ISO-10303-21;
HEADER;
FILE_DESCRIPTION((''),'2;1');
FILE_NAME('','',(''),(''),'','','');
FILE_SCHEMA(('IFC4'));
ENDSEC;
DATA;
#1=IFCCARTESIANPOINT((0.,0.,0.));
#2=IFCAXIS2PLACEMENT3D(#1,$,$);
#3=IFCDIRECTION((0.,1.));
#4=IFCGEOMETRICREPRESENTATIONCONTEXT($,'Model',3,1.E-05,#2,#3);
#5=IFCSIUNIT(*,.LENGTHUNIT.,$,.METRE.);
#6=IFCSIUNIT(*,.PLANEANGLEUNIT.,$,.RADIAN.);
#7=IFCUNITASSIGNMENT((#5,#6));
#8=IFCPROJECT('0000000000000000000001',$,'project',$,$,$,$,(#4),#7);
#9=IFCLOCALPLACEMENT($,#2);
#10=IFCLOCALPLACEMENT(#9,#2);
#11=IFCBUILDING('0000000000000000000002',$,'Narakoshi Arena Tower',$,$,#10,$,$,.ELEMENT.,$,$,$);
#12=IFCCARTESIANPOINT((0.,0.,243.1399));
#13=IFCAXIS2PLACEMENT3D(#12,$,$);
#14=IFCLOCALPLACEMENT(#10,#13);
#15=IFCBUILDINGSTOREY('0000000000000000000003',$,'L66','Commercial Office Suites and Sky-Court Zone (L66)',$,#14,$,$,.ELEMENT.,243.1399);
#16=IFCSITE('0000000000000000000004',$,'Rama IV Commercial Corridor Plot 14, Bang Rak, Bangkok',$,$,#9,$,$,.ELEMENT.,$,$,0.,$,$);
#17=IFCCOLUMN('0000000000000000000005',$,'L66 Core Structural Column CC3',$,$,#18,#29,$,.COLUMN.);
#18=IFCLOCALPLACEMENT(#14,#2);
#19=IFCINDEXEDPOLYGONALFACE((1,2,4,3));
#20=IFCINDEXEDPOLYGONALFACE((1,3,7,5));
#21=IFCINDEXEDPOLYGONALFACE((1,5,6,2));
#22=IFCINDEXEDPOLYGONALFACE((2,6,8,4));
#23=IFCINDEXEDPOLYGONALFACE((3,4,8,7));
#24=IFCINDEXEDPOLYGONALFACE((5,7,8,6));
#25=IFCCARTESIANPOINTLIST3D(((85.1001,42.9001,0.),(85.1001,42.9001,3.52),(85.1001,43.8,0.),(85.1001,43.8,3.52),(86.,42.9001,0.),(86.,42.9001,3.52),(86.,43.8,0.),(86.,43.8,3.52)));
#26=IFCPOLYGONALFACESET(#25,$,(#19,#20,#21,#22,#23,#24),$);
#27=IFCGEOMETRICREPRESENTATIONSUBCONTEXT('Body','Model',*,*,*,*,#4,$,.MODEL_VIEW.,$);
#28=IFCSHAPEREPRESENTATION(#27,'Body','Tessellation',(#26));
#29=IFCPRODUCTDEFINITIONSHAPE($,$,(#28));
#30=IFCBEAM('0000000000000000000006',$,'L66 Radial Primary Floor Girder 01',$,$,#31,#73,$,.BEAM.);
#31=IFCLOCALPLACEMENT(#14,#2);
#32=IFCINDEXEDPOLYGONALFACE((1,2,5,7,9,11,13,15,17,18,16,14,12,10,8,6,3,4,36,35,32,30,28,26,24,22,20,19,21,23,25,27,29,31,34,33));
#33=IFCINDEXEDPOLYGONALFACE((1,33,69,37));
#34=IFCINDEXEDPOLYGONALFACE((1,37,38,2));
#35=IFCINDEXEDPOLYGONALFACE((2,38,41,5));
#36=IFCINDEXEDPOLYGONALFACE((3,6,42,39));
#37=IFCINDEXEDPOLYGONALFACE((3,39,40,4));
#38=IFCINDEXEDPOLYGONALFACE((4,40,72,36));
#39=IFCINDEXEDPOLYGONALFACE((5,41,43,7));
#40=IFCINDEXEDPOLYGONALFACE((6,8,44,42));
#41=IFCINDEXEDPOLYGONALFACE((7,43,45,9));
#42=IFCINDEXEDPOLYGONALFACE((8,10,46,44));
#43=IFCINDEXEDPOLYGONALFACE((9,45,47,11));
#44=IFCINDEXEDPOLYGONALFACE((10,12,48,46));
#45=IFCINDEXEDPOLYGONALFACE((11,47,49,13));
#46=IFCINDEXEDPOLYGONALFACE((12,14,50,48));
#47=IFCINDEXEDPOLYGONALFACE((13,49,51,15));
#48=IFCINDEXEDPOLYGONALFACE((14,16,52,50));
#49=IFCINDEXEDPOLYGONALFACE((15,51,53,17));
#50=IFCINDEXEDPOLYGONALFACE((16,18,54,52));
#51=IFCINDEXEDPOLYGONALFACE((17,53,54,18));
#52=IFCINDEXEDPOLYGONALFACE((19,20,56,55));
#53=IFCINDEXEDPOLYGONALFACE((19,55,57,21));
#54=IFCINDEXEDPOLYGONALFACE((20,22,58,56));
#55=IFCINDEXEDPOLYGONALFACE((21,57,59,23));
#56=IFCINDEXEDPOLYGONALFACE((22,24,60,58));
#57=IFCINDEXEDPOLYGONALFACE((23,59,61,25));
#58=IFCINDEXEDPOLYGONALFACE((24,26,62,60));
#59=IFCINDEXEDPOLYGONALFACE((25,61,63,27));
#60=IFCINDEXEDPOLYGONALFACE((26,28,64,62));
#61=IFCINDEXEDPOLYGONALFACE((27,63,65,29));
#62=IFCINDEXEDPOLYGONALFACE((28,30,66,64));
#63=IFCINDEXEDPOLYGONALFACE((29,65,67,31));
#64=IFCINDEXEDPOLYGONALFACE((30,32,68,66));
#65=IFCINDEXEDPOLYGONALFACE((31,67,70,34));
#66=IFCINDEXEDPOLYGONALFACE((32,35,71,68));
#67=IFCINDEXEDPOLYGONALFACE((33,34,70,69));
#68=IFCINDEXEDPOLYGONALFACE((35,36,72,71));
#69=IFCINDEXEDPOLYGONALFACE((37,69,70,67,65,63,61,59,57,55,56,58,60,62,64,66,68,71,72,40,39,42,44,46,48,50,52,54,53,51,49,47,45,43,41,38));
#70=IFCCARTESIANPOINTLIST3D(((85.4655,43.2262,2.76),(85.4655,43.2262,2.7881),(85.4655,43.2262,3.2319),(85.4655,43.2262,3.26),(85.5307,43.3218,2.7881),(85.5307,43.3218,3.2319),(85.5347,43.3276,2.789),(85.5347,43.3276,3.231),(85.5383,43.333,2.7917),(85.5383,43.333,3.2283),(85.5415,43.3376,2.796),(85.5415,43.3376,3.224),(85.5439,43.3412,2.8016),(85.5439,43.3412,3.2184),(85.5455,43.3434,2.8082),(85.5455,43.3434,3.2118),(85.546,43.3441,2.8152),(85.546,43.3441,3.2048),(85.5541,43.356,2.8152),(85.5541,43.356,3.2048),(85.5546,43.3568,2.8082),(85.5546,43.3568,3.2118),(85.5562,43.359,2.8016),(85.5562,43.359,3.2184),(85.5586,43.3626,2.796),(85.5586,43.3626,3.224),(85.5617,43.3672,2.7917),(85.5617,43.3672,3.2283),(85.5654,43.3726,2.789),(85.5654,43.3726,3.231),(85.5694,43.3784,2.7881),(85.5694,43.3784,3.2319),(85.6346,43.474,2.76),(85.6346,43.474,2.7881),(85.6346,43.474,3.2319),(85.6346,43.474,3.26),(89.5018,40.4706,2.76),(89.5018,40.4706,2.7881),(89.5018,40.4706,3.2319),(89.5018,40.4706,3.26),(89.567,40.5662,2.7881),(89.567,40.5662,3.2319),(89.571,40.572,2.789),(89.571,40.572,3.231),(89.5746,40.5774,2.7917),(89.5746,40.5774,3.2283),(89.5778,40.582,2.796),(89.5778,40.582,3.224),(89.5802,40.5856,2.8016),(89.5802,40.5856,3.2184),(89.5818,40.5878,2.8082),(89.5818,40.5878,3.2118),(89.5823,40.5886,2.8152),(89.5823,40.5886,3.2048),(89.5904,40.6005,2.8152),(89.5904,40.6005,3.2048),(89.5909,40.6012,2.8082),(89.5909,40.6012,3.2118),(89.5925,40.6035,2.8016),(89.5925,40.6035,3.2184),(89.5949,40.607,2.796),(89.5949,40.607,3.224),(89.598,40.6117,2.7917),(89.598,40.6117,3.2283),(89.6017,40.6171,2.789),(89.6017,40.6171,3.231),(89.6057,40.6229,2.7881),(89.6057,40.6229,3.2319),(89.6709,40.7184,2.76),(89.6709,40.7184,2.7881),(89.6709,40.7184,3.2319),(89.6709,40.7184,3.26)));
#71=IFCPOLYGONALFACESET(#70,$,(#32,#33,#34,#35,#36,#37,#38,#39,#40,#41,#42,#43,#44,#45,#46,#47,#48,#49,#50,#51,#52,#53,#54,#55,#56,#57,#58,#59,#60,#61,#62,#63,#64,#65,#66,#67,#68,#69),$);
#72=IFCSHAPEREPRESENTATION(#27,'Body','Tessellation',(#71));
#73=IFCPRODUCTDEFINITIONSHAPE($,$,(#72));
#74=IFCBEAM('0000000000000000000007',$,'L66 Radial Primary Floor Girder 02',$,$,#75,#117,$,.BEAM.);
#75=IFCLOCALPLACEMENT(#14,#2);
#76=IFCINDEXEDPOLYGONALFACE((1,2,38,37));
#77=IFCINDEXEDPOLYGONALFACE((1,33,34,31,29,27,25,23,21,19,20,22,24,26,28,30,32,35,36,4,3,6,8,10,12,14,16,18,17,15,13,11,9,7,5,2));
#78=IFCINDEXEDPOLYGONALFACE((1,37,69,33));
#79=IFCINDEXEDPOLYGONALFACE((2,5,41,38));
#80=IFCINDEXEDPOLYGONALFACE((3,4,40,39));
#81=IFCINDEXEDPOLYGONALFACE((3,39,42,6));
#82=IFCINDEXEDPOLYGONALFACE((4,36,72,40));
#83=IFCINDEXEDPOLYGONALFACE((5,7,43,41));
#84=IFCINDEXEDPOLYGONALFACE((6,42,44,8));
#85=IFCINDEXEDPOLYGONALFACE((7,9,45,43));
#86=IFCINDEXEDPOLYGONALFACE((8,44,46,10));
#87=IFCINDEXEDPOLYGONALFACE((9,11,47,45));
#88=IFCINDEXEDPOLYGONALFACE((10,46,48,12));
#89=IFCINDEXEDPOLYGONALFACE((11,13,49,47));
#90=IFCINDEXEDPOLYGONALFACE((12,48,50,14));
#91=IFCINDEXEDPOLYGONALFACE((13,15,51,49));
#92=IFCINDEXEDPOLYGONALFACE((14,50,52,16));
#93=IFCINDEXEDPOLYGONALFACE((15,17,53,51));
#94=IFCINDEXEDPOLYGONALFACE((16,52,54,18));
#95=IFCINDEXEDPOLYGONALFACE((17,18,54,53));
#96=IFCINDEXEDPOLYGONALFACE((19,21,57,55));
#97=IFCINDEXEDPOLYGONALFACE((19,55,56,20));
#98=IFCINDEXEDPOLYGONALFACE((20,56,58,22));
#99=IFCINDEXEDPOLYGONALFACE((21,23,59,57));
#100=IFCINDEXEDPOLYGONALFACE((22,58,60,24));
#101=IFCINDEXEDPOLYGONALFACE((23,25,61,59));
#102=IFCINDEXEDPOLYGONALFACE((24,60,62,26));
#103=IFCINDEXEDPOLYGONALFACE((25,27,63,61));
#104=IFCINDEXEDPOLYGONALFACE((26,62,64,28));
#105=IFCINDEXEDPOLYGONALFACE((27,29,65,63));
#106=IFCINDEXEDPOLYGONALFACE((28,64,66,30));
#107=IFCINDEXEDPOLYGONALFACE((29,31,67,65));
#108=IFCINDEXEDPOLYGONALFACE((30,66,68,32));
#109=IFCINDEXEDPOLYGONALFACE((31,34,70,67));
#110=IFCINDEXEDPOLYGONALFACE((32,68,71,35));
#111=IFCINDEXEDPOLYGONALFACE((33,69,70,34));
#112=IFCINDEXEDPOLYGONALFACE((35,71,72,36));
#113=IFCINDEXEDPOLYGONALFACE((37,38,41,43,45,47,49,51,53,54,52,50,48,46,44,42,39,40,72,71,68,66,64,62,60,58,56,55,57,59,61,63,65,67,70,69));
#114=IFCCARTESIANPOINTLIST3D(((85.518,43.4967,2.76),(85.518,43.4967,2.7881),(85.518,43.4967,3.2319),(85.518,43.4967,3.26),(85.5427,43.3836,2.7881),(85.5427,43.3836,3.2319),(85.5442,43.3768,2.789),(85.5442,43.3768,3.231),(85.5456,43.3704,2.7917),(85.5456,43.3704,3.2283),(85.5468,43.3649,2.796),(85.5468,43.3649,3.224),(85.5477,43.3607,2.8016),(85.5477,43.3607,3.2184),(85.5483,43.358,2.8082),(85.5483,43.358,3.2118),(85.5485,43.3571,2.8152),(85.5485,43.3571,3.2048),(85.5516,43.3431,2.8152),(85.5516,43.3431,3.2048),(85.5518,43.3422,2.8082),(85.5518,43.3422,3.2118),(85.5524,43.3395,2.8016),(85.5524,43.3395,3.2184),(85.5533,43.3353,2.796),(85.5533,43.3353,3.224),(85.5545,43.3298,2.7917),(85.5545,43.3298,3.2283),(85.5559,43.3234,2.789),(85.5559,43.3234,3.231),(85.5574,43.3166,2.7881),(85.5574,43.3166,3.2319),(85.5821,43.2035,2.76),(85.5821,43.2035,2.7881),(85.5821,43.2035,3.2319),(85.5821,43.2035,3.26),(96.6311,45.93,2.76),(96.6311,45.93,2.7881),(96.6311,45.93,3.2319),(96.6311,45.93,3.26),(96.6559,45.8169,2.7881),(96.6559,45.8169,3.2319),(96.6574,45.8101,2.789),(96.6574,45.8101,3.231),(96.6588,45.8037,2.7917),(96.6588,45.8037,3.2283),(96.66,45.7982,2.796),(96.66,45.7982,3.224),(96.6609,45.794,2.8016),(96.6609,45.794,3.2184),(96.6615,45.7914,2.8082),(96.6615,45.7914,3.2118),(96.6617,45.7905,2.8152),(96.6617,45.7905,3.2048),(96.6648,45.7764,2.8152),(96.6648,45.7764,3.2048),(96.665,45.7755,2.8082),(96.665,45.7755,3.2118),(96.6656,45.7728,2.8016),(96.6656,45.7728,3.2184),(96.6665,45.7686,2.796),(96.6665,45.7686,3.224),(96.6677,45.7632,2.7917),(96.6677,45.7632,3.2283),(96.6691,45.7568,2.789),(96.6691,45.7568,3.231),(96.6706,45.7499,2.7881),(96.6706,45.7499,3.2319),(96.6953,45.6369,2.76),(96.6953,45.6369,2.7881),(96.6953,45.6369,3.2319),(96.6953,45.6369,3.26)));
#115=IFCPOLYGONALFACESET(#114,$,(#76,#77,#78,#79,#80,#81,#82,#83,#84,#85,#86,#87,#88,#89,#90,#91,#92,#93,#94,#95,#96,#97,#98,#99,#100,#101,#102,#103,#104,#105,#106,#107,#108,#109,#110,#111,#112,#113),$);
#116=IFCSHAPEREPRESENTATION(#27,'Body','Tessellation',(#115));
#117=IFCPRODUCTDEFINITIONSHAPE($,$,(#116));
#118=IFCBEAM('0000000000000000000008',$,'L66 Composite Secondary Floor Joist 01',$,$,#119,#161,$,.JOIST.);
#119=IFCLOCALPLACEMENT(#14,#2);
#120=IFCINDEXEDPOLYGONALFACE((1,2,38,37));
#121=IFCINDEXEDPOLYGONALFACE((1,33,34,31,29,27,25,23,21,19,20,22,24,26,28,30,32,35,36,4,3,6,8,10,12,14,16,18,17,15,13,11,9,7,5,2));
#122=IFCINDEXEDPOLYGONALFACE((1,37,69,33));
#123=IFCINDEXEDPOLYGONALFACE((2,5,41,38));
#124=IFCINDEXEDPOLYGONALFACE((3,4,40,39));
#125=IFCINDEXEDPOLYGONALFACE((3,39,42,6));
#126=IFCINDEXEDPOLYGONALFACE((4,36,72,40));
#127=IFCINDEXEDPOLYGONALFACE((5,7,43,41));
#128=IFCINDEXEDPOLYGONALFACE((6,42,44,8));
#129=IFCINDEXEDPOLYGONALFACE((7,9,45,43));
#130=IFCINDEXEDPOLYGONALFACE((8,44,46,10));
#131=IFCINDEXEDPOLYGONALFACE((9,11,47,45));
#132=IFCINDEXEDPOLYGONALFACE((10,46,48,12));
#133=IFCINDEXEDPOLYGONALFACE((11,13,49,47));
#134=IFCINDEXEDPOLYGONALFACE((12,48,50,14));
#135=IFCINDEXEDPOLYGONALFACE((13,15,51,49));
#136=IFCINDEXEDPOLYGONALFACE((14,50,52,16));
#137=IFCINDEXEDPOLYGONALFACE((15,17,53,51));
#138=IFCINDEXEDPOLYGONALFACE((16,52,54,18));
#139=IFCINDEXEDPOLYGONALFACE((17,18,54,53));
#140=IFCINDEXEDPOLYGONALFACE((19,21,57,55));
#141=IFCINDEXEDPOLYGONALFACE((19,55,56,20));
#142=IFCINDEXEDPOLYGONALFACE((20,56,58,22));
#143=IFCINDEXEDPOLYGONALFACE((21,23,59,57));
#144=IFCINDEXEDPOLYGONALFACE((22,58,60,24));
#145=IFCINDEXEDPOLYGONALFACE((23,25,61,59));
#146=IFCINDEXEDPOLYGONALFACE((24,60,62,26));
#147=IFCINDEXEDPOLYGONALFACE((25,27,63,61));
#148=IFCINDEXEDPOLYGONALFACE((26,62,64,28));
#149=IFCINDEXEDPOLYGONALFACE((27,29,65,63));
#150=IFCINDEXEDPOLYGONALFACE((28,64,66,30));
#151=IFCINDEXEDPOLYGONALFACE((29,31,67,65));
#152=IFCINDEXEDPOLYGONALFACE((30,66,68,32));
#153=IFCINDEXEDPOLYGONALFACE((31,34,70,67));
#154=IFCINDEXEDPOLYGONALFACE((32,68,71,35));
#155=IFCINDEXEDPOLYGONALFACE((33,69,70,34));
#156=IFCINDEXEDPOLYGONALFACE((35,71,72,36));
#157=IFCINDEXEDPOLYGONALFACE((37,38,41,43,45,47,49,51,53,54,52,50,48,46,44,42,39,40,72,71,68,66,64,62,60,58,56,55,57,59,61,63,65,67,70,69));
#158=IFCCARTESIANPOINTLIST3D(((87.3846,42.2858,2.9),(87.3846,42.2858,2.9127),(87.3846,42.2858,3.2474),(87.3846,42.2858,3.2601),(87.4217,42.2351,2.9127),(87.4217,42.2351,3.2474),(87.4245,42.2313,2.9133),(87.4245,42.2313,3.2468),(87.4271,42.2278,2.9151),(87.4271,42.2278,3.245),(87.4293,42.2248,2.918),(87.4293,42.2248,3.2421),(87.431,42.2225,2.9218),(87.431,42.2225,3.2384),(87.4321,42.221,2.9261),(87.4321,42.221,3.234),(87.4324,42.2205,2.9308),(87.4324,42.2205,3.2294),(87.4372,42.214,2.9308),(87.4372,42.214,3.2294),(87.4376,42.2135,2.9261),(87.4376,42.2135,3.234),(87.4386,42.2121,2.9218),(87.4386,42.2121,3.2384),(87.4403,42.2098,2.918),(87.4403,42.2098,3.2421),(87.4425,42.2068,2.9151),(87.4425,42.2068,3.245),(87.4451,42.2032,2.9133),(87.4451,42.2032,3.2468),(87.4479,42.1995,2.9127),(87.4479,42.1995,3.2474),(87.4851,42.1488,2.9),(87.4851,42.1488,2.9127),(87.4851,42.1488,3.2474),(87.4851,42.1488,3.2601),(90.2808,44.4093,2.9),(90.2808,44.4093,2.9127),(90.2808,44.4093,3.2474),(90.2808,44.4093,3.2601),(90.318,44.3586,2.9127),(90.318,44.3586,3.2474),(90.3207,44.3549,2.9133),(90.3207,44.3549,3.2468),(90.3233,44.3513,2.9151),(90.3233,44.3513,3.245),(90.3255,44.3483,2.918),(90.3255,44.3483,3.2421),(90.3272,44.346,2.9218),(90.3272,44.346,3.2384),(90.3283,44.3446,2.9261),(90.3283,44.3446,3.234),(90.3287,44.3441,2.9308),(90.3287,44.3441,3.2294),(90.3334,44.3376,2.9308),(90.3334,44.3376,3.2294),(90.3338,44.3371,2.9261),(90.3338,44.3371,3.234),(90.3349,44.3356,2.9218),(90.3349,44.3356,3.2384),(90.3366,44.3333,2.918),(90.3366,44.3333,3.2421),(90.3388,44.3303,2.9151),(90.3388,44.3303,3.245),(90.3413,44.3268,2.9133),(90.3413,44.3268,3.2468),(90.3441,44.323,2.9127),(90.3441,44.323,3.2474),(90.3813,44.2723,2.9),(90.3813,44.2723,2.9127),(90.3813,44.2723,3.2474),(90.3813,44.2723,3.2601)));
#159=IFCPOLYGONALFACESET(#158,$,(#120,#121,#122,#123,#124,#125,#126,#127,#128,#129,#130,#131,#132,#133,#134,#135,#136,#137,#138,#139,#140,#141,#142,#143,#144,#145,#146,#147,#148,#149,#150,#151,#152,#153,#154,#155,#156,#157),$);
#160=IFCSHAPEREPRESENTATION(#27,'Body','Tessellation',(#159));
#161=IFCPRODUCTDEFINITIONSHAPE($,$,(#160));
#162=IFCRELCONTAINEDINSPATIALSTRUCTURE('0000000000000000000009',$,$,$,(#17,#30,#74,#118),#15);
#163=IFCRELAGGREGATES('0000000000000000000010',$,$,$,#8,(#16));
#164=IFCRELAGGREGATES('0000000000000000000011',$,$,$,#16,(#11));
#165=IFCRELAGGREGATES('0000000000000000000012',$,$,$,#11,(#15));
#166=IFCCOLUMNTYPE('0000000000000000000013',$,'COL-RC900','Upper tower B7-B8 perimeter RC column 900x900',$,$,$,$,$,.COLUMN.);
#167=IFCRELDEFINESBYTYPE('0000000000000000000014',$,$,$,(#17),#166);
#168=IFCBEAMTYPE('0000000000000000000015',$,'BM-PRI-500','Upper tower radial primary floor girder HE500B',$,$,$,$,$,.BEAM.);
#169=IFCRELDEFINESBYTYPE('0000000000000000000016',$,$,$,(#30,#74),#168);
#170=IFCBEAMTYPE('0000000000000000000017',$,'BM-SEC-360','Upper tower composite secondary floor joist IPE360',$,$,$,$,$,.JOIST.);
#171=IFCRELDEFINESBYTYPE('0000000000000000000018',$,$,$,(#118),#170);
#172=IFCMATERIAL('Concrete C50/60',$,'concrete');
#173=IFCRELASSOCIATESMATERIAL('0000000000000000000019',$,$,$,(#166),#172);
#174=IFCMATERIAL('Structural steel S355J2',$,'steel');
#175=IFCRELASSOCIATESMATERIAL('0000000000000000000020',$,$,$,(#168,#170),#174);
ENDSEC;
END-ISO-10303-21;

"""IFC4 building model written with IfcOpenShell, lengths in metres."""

from ifc_helpers import new_model, si_unit, direction, frame, origin, origin_2d, place, context, subcontext, project, spatial, rectangle, i_section, extrude, material, material_profile, profile_set, type_object, element, save


model = new_model("IFC4")

# Units and contexts
model_context = context("Model", 3, precision=1e-05, world=origin(), true_north=direction((0.0, 1.0)))
body_context = subcontext(model_context, "Body", "Model", "MODEL_VIEW")
ifc_project = project(units=[si_unit("LENGTHUNIT", "METRE"), si_unit("PLANEANGLEUNIT", "RADIAN")], contexts=[model_context])

# Site, building, storey
site_placement = place(None, origin())
site = spatial("IfcSite", under=ifc_project, at=site_placement, Name="Rama IV Commercial Corridor Plot 14, Bang Rak, Bangkok", CompositionType="ELEMENT", RefElevation=0.0)
building_placement = place(site_placement, origin())
building = spatial("IfcBuilding", under=site, at=building_placement, Name="Narakoshi Arena Tower", CompositionType="ELEMENT")
storey_placement = place(building_placement, frame((0.0, 0.0, 243.1399)))
storey = spatial("IfcBuildingStorey", under=building, at=storey_placement, Name="L66", Description="Commercial Office Suites and Sky-Court Zone (L66)", CompositionType="ELEMENT", Elevation=243.1399)

# Column
ifc_material_1 = material(Name="Concrete C50/60", Category="concrete")
ifc_material_profile_1 = material_profile(ifc_material_1, rectangle(XDim=0.8999, YDim=0.8999, at=origin_2d()), Name="RC900x900")
ifc_profile_set_1 = profile_set([ifc_material_profile_1], Name="Concrete C50/60")
column_type = type_object("IfcColumnType", Name="COL-RC900", Description="Upper tower B7-B8 perimeter RC column 900x900", PredefinedType="COLUMN", material=ifc_profile_set_1)
column_placement = place(storey_placement, frame((85.55, 43.3501, 0.0), z_axis=(0.0, 0.0, 1.0), x_axis=(1.0, 0.0, 0.0)))
element("IfcColumn", 1, at=column_placement, inside=storey, type_object=column_type, Name="L66 Core Structural Column CC3", PredefinedType="COLUMN", context=body_context, shape_type="SweptSolid", body=[
    extrude(rectangle(XDim=0.8999, YDim=0.8999, at=origin_2d()), origin(), (0.0, 0.0, 1.0), 3.52),
])

# Beams
ifc_material_2 = material(Name="Structural steel S355J2", Category="steel")
ifc_material_profile_2 = material_profile(ifc_material_2, i_section(OverallWidth=0.3, OverallDepth=0.5, WebThickness=0.0144, FlangeThickness=0.0281, FilletRadius=0.0271, at=origin_2d()), Name="HE500B")
ifc_profile_set_2 = profile_set([ifc_material_profile_2], Name="Structural steel S355J2")
beam_type_1 = type_object("IfcBeamType", Name="BM-PRI-500", Description="Upper tower radial primary floor girder HE500B", PredefinedType="BEAM", material=ifc_profile_set_2)
beam_1_placement = place(storey_placement, frame((85.55, 43.3501, 3.01), z_axis=(0.82589, -0.563831, 0.0), x_axis=(0.563831, 0.82589, 0.0)))
element("IfcBeam", 2, at=beam_1_placement, inside=storey, type_object=beam_type_1, Name="L66 Radial Primary Floor Girder 01", PredefinedType="BEAM", context=body_context, shape_type="SweptSolid", body=[
    extrude(i_section(OverallWidth=0.3, OverallDepth=0.5, WebThickness=0.0144, FlangeThickness=0.0281, FilletRadius=0.0271, at=origin_2d()), origin(), (0.0, 0.0, 1.0), 4.8872),
])
beam_2_placement = place(storey_placement, frame((85.55, 43.3501, 3.01), z_axis=(0.976857, 0.213891, 0.0), x_axis=(-0.213891, 0.976857, 0.0)))
element("IfcBeam", 3, at=beam_2_placement, inside=storey, type_object=beam_type_1, Name="L66 Radial Primary Floor Girder 02", PredefinedType="BEAM", context=body_context, shape_type="SweptSolid", body=[
    extrude(i_section(OverallWidth=0.3, OverallDepth=0.5, WebThickness=0.0144, FlangeThickness=0.0281, FilletRadius=0.0271, at=origin_2d()), origin(), (0.0, 0.0, 1.0), 11.3765),
])
ifc_material_profile_3 = material_profile(ifc_material_2, i_section(OverallWidth=0.1699, OverallDepth=0.3601, WebThickness=0.0081, FlangeThickness=0.0127, FilletRadius=0.0181, at=origin_2d()), Name="IPE360")
ifc_profile_set_3 = profile_set([ifc_material_profile_3], Name="Structural steel S355J2")
beam_type_2 = type_object("IfcBeamType", Name="BM-SEC-360", Description="Upper tower composite secondary floor joist IPE360", PredefinedType="JOIST", material=ifc_profile_set_3)
beam_3_placement = place(storey_placement, frame((87.4348, 42.2173, 3.0801), z_axis=(0.806455, 0.591296, 0.0), x_axis=(-0.591296, 0.806455, 0.0)))
element("IfcBeam", 4, at=beam_3_placement, inside=storey, type_object=beam_type_2, Name="L66 Composite Secondary Floor Joist 01", PredefinedType="JOIST", context=body_context, shape_type="SweptSolid", body=[
    extrude(i_section(OverallWidth=0.1699, OverallDepth=0.3601, WebThickness=0.0081, FlangeThickness=0.0127, FilletRadius=0.0181, at=origin_2d()), origin(), (0.0, 0.0, 1.0), 3.5913),
])

save(model, "model.ifc")
